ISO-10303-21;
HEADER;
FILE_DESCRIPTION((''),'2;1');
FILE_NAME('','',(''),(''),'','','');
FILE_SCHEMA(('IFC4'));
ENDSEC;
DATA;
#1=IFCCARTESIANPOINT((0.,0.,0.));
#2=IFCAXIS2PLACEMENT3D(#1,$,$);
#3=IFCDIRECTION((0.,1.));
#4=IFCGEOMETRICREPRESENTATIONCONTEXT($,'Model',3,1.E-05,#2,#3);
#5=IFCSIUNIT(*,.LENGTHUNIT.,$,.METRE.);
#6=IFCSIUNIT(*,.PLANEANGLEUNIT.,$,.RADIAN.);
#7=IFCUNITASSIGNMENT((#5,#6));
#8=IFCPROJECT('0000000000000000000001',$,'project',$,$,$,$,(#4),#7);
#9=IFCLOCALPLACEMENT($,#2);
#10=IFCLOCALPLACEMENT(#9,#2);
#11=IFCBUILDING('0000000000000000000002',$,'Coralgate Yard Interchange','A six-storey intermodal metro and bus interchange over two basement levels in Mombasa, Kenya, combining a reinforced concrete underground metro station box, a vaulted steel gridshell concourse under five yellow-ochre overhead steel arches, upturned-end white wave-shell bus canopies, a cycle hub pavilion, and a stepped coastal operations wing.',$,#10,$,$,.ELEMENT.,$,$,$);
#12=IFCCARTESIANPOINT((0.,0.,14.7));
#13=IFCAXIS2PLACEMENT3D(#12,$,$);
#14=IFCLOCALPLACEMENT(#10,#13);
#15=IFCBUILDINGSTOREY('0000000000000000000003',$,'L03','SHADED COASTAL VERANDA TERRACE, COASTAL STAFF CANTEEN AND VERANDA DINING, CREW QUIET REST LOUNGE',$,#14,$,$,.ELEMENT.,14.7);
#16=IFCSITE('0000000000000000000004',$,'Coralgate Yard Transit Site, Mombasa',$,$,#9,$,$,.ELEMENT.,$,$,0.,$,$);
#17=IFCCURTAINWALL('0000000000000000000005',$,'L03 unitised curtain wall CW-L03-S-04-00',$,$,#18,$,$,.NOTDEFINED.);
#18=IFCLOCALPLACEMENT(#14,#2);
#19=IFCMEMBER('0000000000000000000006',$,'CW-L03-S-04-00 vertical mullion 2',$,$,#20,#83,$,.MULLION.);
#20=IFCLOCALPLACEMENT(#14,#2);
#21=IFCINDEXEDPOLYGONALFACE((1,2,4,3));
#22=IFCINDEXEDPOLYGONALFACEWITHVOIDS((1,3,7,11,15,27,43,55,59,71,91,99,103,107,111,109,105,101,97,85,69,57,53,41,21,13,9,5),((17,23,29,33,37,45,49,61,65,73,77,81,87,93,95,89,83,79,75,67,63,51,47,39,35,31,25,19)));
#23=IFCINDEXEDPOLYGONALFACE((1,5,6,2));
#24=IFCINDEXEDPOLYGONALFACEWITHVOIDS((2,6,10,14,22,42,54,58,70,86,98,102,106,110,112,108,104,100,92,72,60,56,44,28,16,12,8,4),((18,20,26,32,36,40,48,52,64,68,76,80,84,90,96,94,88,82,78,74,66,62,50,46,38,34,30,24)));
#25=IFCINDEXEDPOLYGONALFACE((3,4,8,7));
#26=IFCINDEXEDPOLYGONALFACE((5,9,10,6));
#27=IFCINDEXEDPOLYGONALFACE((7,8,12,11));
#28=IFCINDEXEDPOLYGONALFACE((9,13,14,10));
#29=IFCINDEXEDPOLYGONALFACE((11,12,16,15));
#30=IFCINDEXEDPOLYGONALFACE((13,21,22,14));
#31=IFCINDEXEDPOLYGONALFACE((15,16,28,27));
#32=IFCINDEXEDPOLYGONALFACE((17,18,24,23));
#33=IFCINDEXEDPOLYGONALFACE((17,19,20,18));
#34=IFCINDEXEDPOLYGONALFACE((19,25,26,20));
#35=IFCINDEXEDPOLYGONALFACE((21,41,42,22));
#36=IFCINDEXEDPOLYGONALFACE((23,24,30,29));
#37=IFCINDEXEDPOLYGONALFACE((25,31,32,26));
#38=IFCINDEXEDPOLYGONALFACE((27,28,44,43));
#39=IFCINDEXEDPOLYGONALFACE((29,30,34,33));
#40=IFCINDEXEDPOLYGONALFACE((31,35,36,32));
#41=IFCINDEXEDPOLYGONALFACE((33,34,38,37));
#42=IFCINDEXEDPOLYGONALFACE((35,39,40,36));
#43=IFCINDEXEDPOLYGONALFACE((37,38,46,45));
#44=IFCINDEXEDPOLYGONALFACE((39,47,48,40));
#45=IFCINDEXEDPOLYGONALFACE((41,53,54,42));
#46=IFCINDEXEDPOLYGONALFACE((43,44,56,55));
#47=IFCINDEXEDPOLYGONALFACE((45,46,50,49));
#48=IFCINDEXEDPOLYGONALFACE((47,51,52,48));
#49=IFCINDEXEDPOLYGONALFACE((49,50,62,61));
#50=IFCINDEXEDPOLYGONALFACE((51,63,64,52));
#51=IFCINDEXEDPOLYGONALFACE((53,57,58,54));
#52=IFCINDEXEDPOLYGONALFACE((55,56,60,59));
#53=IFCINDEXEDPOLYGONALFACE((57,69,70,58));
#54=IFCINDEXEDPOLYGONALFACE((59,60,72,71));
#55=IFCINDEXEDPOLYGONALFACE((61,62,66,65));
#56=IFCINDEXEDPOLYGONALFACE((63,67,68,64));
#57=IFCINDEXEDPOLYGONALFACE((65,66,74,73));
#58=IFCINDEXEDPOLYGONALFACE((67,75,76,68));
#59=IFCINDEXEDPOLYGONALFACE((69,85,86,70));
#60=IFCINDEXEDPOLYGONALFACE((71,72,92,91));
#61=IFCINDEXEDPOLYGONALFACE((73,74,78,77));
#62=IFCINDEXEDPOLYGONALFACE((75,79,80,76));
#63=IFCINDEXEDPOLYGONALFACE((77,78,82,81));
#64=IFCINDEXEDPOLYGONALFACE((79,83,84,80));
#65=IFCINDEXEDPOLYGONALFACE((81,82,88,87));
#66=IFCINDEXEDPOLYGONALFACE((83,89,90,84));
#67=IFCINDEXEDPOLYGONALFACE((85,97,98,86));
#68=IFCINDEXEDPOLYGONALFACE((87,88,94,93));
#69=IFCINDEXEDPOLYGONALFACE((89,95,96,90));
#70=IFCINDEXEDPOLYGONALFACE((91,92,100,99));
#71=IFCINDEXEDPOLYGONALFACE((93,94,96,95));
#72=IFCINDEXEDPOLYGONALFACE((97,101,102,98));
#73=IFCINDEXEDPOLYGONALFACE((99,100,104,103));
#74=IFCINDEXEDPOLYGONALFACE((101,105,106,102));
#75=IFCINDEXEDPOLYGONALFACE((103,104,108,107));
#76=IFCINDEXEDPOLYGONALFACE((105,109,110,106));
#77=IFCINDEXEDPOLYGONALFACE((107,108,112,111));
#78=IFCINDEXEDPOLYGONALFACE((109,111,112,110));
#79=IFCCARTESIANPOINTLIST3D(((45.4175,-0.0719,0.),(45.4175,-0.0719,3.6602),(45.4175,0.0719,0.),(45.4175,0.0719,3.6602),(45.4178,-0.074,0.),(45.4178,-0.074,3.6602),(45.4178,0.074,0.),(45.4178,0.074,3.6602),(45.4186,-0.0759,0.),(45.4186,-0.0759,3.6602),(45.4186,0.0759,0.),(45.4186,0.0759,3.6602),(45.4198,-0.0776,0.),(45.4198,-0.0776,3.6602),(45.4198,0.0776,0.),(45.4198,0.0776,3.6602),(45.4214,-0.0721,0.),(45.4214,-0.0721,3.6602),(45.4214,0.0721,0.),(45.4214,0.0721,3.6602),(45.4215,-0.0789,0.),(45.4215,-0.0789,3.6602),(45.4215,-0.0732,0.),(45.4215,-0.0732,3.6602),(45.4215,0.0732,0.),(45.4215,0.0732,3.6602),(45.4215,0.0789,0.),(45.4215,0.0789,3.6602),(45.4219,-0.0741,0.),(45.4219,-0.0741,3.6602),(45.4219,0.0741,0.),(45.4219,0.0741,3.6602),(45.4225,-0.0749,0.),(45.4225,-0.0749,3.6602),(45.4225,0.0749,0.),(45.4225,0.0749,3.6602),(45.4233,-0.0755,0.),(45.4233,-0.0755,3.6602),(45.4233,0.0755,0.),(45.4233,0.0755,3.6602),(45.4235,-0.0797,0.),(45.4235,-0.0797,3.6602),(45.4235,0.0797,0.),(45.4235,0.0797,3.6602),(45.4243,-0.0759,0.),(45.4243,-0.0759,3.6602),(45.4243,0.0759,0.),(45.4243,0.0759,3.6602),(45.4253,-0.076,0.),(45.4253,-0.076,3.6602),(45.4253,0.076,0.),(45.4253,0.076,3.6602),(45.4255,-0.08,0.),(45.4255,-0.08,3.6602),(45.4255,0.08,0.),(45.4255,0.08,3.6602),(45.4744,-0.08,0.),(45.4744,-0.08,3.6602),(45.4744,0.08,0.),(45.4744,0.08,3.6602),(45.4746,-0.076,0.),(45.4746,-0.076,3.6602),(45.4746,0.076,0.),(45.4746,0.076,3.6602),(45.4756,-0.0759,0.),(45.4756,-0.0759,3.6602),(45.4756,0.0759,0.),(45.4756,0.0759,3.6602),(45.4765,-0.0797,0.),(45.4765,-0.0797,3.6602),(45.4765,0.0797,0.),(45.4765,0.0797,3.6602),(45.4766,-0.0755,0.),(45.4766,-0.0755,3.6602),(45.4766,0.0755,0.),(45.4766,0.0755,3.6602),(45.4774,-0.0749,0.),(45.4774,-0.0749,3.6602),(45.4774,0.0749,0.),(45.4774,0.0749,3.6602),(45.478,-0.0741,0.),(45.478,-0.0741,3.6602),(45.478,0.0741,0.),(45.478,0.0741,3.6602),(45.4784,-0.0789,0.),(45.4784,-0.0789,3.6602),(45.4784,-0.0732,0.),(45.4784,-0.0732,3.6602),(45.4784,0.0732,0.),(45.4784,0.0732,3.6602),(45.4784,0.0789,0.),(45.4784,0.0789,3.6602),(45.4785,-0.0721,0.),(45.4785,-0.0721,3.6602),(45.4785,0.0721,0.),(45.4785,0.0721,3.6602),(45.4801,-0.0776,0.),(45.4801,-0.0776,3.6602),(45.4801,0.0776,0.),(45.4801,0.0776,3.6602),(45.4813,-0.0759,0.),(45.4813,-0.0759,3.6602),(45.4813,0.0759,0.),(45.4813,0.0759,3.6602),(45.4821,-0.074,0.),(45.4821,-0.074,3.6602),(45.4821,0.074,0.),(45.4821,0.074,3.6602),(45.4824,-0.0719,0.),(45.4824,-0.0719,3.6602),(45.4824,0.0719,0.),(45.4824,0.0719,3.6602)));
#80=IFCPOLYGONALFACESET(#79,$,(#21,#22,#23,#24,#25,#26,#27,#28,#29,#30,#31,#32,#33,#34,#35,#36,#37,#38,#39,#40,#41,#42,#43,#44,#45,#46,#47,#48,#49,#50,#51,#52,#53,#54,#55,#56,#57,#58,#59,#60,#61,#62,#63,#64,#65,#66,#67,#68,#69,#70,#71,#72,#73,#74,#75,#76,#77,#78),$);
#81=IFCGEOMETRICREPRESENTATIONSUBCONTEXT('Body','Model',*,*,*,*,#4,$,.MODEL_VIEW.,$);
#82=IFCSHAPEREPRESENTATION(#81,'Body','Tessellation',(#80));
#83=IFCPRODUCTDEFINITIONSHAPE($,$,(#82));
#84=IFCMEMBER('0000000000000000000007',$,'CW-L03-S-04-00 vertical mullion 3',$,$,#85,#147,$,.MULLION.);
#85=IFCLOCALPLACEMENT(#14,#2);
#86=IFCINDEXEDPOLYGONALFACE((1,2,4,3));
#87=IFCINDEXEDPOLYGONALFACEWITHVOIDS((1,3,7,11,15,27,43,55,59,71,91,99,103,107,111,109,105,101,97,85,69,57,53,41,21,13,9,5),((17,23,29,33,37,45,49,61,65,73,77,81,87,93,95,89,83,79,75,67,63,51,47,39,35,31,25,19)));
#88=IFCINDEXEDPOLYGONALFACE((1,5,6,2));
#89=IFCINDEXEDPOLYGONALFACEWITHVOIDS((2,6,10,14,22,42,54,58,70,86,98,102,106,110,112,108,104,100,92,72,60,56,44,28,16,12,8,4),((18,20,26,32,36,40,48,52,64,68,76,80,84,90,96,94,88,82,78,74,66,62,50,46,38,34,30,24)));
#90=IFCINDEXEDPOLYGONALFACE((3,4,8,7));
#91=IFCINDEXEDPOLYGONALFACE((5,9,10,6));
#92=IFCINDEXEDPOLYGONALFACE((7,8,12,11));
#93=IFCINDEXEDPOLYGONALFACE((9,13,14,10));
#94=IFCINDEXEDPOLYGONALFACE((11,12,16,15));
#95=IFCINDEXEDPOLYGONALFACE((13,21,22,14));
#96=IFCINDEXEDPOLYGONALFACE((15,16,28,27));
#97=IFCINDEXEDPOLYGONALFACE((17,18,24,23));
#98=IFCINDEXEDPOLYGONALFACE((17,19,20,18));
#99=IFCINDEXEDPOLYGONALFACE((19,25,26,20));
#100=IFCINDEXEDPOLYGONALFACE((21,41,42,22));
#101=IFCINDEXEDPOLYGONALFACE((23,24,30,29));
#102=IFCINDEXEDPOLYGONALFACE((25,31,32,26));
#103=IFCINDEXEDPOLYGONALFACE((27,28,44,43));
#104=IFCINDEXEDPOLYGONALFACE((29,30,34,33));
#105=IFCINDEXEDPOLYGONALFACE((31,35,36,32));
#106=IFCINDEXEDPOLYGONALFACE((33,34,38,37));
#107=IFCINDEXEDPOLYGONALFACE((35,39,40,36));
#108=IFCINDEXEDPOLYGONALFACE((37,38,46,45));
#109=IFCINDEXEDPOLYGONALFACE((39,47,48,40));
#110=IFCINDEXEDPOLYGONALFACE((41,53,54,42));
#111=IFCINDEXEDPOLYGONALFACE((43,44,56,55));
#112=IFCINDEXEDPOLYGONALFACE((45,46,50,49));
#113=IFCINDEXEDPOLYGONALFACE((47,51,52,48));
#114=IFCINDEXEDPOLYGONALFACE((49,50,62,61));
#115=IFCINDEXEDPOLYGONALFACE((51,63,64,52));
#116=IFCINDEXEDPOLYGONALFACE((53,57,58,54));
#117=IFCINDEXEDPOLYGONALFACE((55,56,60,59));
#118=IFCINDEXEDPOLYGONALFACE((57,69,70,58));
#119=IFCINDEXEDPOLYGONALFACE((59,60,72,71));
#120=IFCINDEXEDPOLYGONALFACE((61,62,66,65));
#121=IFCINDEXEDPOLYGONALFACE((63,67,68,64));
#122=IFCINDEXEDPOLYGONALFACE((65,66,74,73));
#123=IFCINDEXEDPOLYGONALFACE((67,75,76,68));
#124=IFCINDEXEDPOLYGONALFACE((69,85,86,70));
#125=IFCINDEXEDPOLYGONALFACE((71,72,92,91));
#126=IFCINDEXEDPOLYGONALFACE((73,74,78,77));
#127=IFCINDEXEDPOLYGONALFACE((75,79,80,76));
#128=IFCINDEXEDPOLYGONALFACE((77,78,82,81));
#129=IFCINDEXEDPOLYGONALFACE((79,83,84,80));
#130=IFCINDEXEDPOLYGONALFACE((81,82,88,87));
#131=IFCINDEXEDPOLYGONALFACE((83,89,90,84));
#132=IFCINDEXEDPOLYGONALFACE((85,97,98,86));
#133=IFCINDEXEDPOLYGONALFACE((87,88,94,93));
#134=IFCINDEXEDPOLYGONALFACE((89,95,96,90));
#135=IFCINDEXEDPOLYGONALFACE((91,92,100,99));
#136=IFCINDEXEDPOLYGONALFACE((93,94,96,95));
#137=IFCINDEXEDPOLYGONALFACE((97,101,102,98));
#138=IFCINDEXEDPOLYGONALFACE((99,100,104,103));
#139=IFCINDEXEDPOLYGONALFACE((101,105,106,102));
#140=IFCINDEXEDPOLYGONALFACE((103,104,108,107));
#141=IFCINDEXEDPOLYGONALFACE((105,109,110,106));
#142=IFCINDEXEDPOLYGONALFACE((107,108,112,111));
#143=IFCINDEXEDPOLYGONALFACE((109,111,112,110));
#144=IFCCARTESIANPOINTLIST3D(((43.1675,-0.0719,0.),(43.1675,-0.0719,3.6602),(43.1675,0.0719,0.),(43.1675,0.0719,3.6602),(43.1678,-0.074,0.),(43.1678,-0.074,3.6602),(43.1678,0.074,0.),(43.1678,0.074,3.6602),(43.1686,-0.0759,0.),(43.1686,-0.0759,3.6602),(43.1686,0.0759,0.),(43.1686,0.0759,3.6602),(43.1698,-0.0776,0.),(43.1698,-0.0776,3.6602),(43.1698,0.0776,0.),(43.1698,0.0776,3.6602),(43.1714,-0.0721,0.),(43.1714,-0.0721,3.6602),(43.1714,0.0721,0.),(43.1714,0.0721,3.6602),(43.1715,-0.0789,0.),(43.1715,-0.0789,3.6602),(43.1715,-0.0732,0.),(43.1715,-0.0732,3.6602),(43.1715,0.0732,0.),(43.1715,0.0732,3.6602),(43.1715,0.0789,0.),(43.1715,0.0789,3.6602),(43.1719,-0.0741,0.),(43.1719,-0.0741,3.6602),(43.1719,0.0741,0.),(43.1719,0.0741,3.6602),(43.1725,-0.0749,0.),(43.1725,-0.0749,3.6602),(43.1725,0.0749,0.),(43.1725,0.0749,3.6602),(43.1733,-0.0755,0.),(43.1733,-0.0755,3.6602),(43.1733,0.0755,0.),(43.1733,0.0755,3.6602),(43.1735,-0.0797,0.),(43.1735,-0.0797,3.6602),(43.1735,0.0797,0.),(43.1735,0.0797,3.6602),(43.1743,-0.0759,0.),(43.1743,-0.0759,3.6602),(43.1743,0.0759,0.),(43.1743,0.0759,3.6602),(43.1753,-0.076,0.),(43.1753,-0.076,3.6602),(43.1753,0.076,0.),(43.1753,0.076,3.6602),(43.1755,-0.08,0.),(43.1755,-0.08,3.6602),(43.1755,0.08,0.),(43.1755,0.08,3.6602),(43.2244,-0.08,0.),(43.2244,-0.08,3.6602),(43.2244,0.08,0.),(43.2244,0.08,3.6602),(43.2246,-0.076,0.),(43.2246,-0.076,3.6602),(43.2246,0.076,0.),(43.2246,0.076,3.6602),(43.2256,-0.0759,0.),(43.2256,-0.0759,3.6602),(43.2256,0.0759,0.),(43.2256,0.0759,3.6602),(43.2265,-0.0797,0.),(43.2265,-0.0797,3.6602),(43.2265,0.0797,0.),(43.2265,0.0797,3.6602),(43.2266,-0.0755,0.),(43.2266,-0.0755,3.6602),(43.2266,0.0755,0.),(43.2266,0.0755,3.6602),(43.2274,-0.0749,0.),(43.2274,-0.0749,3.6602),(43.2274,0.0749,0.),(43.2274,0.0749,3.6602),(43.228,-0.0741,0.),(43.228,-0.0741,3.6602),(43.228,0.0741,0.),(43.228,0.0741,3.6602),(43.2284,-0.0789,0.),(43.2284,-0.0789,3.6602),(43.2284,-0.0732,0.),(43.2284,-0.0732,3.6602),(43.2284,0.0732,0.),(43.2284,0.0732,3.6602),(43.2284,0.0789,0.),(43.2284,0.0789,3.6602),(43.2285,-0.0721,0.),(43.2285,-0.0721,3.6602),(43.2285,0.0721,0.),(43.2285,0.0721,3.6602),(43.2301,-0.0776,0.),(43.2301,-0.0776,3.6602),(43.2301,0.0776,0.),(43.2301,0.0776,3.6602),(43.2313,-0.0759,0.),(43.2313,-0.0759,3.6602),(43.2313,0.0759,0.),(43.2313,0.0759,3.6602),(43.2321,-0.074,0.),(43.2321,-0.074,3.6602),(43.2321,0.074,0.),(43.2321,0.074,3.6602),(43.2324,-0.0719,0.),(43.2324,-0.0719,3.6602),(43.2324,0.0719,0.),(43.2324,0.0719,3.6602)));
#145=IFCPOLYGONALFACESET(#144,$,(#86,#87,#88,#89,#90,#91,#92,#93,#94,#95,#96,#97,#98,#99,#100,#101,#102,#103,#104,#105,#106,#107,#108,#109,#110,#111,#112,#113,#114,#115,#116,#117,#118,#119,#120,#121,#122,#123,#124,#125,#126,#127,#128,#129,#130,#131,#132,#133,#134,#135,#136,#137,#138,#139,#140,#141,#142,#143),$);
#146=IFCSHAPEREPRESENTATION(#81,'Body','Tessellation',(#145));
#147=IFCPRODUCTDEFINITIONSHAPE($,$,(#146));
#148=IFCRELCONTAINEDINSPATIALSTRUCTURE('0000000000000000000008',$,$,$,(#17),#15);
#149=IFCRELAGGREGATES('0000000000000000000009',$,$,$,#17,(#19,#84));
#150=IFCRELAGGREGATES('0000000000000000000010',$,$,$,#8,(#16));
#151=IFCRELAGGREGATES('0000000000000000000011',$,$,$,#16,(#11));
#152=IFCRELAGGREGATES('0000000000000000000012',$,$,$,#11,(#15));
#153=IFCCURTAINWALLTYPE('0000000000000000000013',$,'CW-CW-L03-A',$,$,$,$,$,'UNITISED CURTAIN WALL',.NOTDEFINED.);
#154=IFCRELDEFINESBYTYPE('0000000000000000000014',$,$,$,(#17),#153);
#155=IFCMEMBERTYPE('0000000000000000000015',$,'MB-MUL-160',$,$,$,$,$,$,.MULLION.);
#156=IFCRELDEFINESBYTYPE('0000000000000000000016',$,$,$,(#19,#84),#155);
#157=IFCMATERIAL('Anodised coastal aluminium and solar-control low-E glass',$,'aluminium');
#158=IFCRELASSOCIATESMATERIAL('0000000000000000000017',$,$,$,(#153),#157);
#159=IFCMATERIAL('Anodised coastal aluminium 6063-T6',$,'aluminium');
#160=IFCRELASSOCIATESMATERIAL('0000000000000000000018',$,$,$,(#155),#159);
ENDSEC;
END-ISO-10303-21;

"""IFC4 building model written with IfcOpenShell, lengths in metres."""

from ifc_helpers import new_model, si_unit, direction, frame, origin, origin_2d, place, context, subcontext, project, spatial, hollow_rectangle, extrude, material, material_profile, profile_set, type_object, element, aggregate, save


model = new_model("IFC4")

# Units and contexts
model_context = context("Model", 3, precision=1e-05, world=origin(), true_north=direction((0.0, 1.0)))
body_context = subcontext(model_context, "Body", "Model", "MODEL_VIEW")
ifc_project = project(units=[si_unit("LENGTHUNIT", "METRE"), si_unit("PLANEANGLEUNIT", "RADIAN")], contexts=[model_context])

# Site, building, storey
site_placement = place(None, origin())
site = spatial("IfcSite", under=ifc_project, at=site_placement, Name="Coralgate Yard Transit Site, Mombasa", CompositionType="ELEMENT", RefElevation=0.0)
building_placement = place(site_placement, origin())
building = spatial("IfcBuilding", under=site, at=building_placement, Name="Coralgate Yard Interchange", Description="A six-storey intermodal metro and bus interchange over two basement levels in Mombasa, Kenya, combining a reinforced concrete underground metro station box, a vaulted steel gridshell concourse under five yellow-ochre overhead steel arches, upturned-end white wave-shell bus canopies, a cycle hub pavilion, and a stepped coastal operations wing.", CompositionType="ELEMENT")
storey_placement = place(building_placement, frame((0.0, 0.0, 14.7)))
storey = spatial("IfcBuildingStorey", under=building, at=storey_placement, Name="L03", Description="SHADED COASTAL VERANDA TERRACE, COASTAL STAFF CANTEEN AND VERANDA DINING, CREW QUIET REST LOUNGE", CompositionType="ELEMENT", Elevation=14.7)

# Curtain wall, members
ifc_material_1 = material(Name="Anodised coastal aluminium and solar-control low-E glass", Category="aluminium")
curtain_wall_type = type_object("IfcCurtainWallType", Name="CW-CW-L03-A", ElementType="UNITISED CURTAIN WALL", PredefinedType="NOTDEFINED", material=ifc_material_1)
curtain_wall_placement = place(storey_placement, origin())
curtain_wall = element("IfcCurtainWall", 1, at=curtain_wall_placement, inside=storey, type_object=curtain_wall_type, Name="L03 unitised curtain wall CW-L03-S-04-00", PredefinedType="NOTDEFINED")
ifc_material_2 = material(Name="Anodised coastal aluminium 6063-T6", Category="aluminium")
ifc_material_profile_1 = material_profile(ifc_material_2, hollow_rectangle(XDim=0.0649, YDim=0.1599, WallThickness=0.0039, InnerFilletRadius=0.0039, OuterFilletRadius=0.0081, at=origin_2d()), Name="ALU 65x160x4")
ifc_profile_set_1 = profile_set([ifc_material_profile_1], Name="Anodised coastal aluminium 6063-T6")
member_type_1 = type_object("IfcMemberType", Name="MB-MUL-160", PredefinedType="MULLION", material=ifc_profile_set_1)
member_1_placement = place(storey_placement, frame((45.45, 0.0, 0.0), z_axis=(0.0, 0.0, 1.0), x_axis=(1.0, 0.0, 0.0)))
member_1 = element("IfcMember", 2, at=member_1_placement, type_object=member_type_1, Name="CW-L03-S-04-00 vertical mullion 2", PredefinedType="MULLION", context=body_context, shape_type="SweptSolid", body=[
    extrude(hollow_rectangle(XDim=0.0649, YDim=0.1599, WallThickness=0.0039, InnerFilletRadius=0.0039, OuterFilletRadius=0.0081, at=origin_2d()), origin(), (0.0, 0.0, 1.0), 3.6602),
])
member_2_placement = place(storey_placement, frame((43.2, 0.0, 0.0), z_axis=(0.0, 0.0, 1.0), x_axis=(1.0, 0.0, 0.0)))
member_2 = element("IfcMember", 3, at=member_2_placement, type_object=member_type_1, Name="CW-L03-S-04-00 vertical mullion 3", PredefinedType="MULLION", context=body_context, shape_type="SweptSolid", body=[
    extrude(hollow_rectangle(XDim=0.0649, YDim=0.1599, WallThickness=0.0039, InnerFilletRadius=0.0039, OuterFilletRadius=0.0081, at=origin_2d()), origin(), (0.0, 0.0, 1.0), 3.6602),
])
aggregate(curtain_wall, [member_1, member_2])

save(model, "model.ifc")
